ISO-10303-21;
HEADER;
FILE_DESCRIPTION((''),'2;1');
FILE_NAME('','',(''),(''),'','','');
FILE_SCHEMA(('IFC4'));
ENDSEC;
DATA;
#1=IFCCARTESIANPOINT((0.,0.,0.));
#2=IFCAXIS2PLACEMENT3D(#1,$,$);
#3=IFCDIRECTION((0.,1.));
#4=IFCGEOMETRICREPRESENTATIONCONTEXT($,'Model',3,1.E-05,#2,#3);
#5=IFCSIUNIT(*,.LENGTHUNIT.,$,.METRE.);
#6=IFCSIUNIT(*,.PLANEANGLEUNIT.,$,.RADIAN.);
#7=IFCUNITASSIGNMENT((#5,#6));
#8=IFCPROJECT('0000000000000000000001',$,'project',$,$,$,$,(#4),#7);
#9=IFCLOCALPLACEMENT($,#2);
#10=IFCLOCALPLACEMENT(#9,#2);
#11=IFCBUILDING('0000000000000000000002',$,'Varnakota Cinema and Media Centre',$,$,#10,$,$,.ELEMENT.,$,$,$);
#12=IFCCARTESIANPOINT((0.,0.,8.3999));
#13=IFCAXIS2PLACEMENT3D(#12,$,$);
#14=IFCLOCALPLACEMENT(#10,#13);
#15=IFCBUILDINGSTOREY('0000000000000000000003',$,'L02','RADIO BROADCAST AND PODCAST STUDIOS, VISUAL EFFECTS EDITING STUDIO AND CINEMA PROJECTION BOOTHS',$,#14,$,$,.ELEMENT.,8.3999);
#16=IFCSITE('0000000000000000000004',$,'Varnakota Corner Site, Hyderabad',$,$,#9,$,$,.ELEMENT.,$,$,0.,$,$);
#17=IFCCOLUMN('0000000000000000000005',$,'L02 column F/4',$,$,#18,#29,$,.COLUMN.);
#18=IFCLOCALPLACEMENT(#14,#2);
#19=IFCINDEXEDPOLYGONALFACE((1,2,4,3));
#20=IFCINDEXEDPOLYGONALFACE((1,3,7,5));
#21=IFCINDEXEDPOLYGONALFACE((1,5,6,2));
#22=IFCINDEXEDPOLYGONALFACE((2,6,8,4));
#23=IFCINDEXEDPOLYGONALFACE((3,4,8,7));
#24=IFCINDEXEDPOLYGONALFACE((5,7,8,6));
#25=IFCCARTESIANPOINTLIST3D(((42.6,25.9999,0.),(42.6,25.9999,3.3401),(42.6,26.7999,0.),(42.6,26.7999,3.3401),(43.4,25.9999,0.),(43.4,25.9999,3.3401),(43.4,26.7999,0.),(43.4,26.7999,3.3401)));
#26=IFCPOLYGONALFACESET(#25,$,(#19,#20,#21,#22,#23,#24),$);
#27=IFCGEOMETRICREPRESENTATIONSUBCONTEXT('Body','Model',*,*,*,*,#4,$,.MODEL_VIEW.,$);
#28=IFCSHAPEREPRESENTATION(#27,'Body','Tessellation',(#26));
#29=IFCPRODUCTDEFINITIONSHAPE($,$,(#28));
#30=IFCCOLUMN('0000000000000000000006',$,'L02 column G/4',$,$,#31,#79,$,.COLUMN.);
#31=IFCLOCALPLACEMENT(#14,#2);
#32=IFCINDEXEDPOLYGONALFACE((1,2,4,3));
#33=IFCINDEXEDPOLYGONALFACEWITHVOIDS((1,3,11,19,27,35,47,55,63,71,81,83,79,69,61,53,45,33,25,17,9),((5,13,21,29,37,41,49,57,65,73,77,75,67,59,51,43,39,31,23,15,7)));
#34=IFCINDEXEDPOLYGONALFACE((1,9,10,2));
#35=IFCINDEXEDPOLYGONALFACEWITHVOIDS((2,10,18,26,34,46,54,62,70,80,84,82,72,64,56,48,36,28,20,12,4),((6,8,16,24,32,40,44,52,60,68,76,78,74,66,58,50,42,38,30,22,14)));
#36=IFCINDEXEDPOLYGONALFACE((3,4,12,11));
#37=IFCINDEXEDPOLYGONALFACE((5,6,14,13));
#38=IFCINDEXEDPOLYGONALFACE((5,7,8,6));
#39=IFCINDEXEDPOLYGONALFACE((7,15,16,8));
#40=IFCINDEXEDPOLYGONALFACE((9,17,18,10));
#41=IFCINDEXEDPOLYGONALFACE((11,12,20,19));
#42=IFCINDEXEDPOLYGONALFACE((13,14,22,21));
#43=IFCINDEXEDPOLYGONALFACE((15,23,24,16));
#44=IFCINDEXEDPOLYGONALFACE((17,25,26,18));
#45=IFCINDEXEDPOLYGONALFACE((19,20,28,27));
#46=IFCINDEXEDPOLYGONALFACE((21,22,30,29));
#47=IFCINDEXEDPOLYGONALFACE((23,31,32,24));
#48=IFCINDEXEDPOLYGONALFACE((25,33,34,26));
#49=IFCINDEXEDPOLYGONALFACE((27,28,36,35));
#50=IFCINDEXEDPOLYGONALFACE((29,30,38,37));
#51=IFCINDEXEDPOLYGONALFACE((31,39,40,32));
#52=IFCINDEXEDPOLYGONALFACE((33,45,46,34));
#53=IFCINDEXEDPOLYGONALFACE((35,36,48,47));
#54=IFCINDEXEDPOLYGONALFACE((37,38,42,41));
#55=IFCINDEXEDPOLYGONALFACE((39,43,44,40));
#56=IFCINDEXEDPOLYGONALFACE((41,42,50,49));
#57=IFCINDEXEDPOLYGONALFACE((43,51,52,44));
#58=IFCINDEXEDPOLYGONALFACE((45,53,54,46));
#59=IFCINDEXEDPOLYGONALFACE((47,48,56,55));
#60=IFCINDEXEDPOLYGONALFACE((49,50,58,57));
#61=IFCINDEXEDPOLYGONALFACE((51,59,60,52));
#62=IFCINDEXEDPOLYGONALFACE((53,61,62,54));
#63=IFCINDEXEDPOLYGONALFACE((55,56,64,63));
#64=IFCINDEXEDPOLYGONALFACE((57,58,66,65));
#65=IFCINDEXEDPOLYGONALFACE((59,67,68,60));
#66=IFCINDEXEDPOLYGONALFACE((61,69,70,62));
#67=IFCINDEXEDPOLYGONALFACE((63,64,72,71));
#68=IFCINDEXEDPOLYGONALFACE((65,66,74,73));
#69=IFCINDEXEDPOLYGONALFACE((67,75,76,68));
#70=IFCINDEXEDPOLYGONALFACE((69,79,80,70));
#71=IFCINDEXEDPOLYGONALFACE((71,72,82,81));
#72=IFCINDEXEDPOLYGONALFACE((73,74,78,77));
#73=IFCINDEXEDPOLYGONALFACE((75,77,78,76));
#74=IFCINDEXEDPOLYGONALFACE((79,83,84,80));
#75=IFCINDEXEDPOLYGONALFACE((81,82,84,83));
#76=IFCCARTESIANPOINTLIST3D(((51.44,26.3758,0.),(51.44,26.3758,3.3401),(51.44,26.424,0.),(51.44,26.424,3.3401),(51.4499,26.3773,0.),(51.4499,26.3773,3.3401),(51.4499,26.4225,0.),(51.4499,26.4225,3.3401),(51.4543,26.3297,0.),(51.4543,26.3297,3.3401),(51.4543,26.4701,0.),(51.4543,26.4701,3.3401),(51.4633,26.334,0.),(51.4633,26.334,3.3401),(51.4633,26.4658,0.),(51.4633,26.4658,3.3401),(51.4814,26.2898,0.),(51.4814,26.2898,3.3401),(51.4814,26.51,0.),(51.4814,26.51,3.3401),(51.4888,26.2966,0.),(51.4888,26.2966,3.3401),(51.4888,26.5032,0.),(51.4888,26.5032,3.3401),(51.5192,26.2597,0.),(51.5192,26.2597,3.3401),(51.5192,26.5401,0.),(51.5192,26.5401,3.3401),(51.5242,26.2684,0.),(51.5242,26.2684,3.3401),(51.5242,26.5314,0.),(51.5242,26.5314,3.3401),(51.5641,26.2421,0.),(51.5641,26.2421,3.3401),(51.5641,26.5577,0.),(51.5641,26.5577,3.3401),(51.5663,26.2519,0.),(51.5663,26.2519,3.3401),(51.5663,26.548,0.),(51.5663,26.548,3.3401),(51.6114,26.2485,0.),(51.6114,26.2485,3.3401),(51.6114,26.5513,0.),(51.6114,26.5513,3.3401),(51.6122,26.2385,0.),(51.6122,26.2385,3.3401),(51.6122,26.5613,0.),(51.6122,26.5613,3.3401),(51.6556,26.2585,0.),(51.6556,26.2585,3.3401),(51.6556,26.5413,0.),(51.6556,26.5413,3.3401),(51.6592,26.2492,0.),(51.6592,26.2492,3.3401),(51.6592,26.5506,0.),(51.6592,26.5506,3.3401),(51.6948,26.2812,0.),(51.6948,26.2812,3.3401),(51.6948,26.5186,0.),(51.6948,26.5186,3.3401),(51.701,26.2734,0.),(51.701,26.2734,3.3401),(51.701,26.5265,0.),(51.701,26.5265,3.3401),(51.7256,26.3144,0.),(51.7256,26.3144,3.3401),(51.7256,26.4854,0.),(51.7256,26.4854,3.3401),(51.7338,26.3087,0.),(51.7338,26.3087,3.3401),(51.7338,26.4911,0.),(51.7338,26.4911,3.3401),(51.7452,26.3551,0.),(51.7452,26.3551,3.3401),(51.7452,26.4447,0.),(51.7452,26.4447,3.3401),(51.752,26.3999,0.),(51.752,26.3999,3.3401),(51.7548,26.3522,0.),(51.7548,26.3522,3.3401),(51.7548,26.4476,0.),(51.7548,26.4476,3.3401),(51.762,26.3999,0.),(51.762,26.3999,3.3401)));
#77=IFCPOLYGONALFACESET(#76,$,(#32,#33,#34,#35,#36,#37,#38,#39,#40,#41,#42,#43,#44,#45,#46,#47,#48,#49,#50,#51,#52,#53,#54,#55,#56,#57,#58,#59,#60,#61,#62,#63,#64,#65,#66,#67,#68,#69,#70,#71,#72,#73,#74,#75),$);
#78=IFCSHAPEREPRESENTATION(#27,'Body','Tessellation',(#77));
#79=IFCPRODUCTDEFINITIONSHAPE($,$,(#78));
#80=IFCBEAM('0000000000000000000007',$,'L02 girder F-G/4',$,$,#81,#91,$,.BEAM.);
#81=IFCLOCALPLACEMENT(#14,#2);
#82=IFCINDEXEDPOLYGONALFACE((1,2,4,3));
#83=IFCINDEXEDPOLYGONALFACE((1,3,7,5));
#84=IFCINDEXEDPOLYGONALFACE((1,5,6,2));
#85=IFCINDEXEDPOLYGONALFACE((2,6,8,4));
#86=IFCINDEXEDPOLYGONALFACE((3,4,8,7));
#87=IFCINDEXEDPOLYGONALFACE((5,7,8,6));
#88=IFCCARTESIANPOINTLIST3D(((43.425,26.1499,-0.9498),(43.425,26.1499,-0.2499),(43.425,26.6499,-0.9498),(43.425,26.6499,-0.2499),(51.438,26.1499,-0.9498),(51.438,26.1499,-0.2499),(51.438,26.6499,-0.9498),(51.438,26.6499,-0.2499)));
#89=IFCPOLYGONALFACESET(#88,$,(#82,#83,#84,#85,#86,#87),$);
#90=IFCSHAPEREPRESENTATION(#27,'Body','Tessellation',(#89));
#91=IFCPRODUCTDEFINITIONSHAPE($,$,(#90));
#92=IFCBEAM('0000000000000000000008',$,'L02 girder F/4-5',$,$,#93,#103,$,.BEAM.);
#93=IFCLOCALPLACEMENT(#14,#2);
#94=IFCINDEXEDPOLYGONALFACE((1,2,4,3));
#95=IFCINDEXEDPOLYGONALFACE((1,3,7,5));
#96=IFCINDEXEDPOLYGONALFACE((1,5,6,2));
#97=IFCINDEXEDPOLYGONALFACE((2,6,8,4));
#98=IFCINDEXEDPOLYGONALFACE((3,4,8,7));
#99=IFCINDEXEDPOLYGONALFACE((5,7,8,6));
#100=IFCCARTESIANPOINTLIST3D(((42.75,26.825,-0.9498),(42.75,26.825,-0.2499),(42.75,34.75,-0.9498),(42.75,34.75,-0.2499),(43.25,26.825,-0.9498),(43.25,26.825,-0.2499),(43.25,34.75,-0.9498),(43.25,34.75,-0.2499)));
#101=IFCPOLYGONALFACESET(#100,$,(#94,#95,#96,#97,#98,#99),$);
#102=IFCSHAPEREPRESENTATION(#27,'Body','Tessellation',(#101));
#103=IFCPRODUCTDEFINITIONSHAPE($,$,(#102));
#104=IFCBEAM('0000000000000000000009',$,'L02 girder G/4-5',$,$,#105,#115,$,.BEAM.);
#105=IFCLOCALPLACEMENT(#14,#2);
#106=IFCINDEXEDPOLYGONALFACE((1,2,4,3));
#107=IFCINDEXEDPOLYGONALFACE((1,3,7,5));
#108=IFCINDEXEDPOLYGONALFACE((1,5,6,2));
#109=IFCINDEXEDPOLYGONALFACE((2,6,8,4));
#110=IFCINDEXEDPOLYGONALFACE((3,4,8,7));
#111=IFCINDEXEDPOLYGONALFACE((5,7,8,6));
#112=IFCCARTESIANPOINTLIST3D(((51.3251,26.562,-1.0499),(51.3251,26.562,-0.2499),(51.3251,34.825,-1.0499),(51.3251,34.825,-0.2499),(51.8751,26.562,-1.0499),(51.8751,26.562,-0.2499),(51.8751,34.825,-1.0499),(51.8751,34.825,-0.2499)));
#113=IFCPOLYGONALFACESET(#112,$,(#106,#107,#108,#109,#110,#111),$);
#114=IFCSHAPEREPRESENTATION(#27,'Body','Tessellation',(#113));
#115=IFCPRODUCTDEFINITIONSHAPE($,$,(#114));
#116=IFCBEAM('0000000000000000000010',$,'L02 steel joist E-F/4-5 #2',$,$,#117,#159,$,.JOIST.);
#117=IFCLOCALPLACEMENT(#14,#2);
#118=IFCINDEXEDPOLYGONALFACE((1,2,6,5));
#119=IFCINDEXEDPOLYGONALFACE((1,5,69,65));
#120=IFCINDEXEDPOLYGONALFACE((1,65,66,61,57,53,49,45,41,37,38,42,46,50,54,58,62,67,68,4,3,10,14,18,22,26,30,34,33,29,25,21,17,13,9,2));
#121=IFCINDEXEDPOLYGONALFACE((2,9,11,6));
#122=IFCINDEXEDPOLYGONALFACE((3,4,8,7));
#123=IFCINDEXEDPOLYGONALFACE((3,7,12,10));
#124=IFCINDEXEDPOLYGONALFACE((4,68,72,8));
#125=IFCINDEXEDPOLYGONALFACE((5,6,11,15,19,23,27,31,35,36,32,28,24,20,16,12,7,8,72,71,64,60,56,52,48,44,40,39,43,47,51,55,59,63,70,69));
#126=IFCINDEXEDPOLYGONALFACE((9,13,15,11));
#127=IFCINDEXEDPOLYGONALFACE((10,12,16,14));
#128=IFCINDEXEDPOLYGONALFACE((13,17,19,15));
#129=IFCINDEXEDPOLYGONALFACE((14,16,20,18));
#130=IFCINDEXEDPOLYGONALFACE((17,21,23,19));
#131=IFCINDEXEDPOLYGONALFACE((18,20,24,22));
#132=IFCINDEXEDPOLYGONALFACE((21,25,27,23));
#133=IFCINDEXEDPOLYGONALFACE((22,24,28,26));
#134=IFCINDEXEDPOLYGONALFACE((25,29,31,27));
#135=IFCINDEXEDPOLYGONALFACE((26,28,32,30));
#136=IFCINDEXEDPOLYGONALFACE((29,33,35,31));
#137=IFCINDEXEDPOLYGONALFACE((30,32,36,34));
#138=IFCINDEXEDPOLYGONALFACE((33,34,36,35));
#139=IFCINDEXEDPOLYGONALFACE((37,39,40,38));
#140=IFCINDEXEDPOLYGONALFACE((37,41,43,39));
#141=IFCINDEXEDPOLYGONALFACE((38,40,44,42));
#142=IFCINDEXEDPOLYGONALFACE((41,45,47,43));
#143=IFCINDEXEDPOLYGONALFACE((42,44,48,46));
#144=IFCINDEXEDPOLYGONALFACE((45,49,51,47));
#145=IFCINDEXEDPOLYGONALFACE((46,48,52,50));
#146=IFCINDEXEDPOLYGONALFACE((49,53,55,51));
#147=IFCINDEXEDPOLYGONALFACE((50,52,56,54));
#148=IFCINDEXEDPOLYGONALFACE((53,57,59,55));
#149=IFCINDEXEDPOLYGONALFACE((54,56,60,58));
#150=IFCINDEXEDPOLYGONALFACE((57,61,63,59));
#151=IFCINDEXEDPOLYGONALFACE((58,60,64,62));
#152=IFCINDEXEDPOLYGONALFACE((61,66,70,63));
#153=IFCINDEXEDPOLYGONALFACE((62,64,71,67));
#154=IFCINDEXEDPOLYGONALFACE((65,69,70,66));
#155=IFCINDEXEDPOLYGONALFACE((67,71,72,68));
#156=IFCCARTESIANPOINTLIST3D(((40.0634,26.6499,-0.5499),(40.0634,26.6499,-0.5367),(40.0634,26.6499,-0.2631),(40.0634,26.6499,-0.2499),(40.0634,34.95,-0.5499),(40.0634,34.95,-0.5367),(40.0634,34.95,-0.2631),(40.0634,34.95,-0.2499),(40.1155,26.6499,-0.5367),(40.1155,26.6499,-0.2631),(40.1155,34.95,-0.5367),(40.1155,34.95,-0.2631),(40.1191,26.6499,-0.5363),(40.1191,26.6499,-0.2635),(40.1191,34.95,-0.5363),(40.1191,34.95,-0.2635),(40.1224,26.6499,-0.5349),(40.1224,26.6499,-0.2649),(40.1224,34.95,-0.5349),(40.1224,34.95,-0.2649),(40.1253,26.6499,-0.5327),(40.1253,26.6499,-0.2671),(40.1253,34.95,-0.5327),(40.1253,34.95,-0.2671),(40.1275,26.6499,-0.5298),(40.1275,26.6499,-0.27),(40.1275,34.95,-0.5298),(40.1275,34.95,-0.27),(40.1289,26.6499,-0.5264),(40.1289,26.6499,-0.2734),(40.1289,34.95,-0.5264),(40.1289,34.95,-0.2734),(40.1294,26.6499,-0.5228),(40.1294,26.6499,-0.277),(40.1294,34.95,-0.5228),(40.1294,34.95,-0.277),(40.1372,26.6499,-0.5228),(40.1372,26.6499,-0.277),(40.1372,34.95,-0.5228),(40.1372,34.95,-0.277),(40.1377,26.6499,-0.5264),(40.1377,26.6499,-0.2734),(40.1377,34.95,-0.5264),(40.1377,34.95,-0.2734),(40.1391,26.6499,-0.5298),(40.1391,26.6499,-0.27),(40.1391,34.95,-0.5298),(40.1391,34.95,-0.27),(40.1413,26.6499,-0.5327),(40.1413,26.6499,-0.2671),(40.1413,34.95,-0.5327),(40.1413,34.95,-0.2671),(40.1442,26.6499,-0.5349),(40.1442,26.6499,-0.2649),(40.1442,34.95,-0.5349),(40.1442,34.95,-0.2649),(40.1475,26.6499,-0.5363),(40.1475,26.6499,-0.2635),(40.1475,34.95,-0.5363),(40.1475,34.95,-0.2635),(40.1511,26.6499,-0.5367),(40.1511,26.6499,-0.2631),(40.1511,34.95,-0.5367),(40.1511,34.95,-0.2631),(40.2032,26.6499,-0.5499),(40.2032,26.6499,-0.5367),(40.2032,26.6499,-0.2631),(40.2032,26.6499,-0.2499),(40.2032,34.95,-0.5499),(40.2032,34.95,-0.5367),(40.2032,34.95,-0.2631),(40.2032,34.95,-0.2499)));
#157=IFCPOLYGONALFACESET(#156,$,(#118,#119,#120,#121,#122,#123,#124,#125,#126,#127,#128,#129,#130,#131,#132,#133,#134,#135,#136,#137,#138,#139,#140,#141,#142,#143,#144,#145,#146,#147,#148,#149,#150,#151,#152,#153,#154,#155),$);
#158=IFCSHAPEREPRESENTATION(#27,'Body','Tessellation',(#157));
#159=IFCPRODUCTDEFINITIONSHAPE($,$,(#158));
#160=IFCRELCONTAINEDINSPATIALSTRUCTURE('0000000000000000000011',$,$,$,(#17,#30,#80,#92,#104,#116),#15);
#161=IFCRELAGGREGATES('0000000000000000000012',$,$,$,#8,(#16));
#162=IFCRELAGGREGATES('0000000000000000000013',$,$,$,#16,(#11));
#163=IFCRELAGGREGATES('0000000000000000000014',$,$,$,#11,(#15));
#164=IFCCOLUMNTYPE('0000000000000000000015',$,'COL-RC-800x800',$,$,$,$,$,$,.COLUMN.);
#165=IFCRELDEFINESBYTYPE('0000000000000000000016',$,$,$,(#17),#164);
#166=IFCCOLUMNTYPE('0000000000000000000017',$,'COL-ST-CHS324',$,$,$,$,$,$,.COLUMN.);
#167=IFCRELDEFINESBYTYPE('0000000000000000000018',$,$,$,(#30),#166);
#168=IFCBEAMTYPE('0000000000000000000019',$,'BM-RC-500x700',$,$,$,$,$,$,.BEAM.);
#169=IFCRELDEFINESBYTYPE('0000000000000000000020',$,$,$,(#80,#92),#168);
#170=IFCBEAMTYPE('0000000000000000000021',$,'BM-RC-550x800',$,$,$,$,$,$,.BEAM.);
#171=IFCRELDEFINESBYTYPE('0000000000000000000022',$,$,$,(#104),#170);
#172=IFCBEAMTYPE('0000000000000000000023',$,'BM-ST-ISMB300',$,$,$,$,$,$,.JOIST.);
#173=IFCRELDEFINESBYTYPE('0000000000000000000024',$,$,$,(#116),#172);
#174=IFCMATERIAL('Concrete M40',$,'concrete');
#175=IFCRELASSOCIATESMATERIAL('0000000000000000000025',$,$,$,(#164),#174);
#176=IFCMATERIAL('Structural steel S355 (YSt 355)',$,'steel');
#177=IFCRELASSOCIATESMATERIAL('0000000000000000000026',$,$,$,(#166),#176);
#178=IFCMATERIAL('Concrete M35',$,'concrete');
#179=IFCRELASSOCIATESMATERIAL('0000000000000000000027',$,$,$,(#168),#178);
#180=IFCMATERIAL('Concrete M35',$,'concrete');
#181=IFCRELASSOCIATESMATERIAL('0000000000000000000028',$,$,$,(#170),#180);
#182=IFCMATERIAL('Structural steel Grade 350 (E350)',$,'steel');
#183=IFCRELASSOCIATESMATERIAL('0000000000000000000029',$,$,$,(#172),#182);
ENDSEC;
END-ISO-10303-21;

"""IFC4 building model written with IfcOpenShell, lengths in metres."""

from ifc_helpers import new_model, si_unit, direction, frame, origin, origin_2d, place, context, subcontext, project, spatial, rectangle, hollow_circle, i_section, extrude, material, material_profile, profile_set, type_object, element, save


model = new_model("IFC4")

# Units and contexts
model_context = context("Model", 3, precision=1e-05, world=origin(), true_north=direction((0.0, 1.0)))
body_context = subcontext(model_context, "Body", "Model", "MODEL_VIEW")
ifc_project = project(units=[si_unit("LENGTHUNIT", "METRE"), si_unit("PLANEANGLEUNIT", "RADIAN")], contexts=[model_context])

# Site, building, storey
site_placement = place(None, origin())
site = spatial("IfcSite", under=ifc_project, at=site_placement, Name="Varnakota Corner Site, Hyderabad", CompositionType="ELEMENT", RefElevation=0.0)
building_placement = place(site_placement, origin())
building = spatial("IfcBuilding", under=site, at=building_placement, Name="Varnakota Cinema and Media Centre", CompositionType="ELEMENT")
storey_placement = place(building_placement, frame((0.0, 0.0, 8.3999)))
storey = spatial("IfcBuildingStorey", under=building, at=storey_placement, Name="L02", Description="RADIO BROADCAST AND PODCAST STUDIOS, VISUAL EFFECTS EDITING STUDIO AND CINEMA PROJECTION BOOTHS", CompositionType="ELEMENT", Elevation=8.3999)

# Columns
ifc_material_1 = material(Name="Concrete M40", Category="concrete")
ifc_material_profile_1 = material_profile(ifc_material_1, rectangle(XDim=0.8, YDim=0.8, at=origin_2d()), Name="RC 800x800")
ifc_profile_set_1 = profile_set([ifc_material_profile_1], Name="Concrete M40")
column_type_1 = type_object("IfcColumnType", Name="COL-RC-800x800", PredefinedType="COLUMN", material=ifc_profile_set_1)
column_1_placement = place(storey_placement, frame((43.0, 26.3999, 0.0), z_axis=(0.0, 0.0, 1.0), x_axis=(1.0, 0.0, 0.0)))
element("IfcColumn", 1, at=column_1_placement, inside=storey, type_object=column_type_1, Name="L02 column F/4", PredefinedType="COLUMN", context=body_context, shape_type="SweptSolid", body=[
    extrude(rectangle(XDim=0.8, YDim=0.8, at=origin_2d()), origin(), (0.0, 0.0, 1.0), 3.3401),
])
ifc_material_2 = material(Name="Structural steel S355 (YSt 355)", Category="steel")
ifc_material_profile_2 = material_profile(ifc_material_2, hollow_circle(Radius=0.1619, WallThickness=0.01, at=origin_2d()), Name="CHS 323.9x10.0")
ifc_profile_set_2 = profile_set([ifc_material_profile_2], Name="Structural steel S355 (YSt 355)")
column_type_2 = type_object("IfcColumnType", Name="COL-ST-CHS324", PredefinedType="COLUMN", material=ifc_profile_set_2)
column_2_placement = place(storey_placement, frame((51.6001, 26.3999, 0.0), z_axis=(0.0, 0.0, 1.0), x_axis=(1.0, 0.0, 0.0)))
element("IfcColumn", 2, at=column_2_placement, inside=storey, type_object=column_type_2, Name="L02 column G/4", PredefinedType="COLUMN", context=body_context, shape_type="SweptSolid", body=[
    extrude(hollow_circle(Radius=0.1619, WallThickness=0.01, at=origin_2d()), origin(), (0.0, 0.0, 1.0), 3.3401),
])

# Beams
ifc_material_3 = material(Name="Concrete M35", Category="concrete")
ifc_material_profile_3 = material_profile(ifc_material_3, rectangle(XDim=0.5, YDim=0.7, at=origin_2d()), Name="RCB 500x700")
ifc_profile_set_3 = profile_set([ifc_material_profile_3], Name="Concrete M35")
beam_type_1 = type_object("IfcBeamType", Name="BM-RC-500x700", PredefinedType="BEAM", material=ifc_profile_set_3)
beam_1_placement = place(storey_placement, frame((43.425, 26.3999, -0.5999), z_axis=(1.0, 0.0, 0.0), x_axis=(0.0, 1.0, 0.0)))
element("IfcBeam", 3, at=beam_1_placement, inside=storey, type_object=beam_type_1, Name="L02 girder F-G/4", PredefinedType="BEAM", context=body_context, shape_type="SweptSolid", body=[
    extrude(rectangle(XDim=0.5, YDim=0.7, at=origin_2d()), origin(), (0.0, 0.0, 1.0), 8.0129),
])
beam_2_placement = place(storey_placement, frame((43.0, 26.825, -0.5999), z_axis=(0.0, 1.0, 0.0), x_axis=(-1.0, 0.0, 0.0)))
element("IfcBeam", 4, at=beam_2_placement, inside=storey, type_object=beam_type_1, Name="L02 girder F/4-5", PredefinedType="BEAM", context=body_context, shape_type="SweptSolid", body=[
    extrude(rectangle(XDim=0.5, YDim=0.7, at=origin_2d()), origin(), (0.0, 0.0, 1.0), 7.925),
])
ifc_material_4 = material(Name="Concrete M35", Category="concrete")
ifc_material_profile_4 = material_profile(ifc_material_4, rectangle(XDim=0.55, YDim=0.8, at=origin_2d()), Name="RCB 550x800")
ifc_profile_set_4 = profile_set([ifc_material_profile_4], Name="Concrete M35")
beam_type_2 = type_object("IfcBeamType", Name="BM-RC-550x800", PredefinedType="BEAM", material=ifc_profile_set_4)
beam_3_placement = place(storey_placement, frame((51.6001, 26.562, -0.6499), z_axis=(0.0, 1.0, 0.0), x_axis=(-1.0, 0.0, 0.0)))
element("IfcBeam", 5, at=beam_3_placement, inside=storey, type_object=beam_type_2, Name="L02 girder G/4-5", PredefinedType="BEAM", context=body_context, shape_type="SweptSolid", body=[
    extrude(rectangle(XDim=0.55, YDim=0.8, at=origin_2d()), origin(), (0.0, 0.0, 1.0), 8.2629),
])
ifc_material_5 = material(Name="Structural steel Grade 350 (E350)", Category="steel")
ifc_material_profile_5 = material_profile(ifc_material_5, i_section(OverallWidth=0.1399, OverallDepth=0.3, WebThickness=0.0078, FlangeThickness=0.0132, FilletRadius=0.0139, at=origin_2d()), Name="ISMB 300")
ifc_profile_set_5 = profile_set([ifc_material_profile_5], Name="Structural steel Grade 350 (E350)")
beam_type_3 = type_object("IfcBeamType", Name="BM-ST-ISMB300", PredefinedType="JOIST", material=ifc_profile_set_5)
beam_4_placement = place(storey_placement, frame((40.1333, 26.6499, -0.3999), z_axis=(0.0, 1.0, 0.0), x_axis=(-1.0, 0.0, 0.0)))
element("IfcBeam", 6, at=beam_4_placement, inside=storey, type_object=beam_type_3, Name="L02 steel joist E-F/4-5 #2", PredefinedType="JOIST", context=body_context, shape_type="SweptSolid", body=[
    extrude(i_section(OverallWidth=0.1399, OverallDepth=0.3, WebThickness=0.0078, FlangeThickness=0.0132, FilletRadius=0.0139, at=origin_2d()), origin(), (0.0, 0.0, 1.0), 8.3),
])

save(model, "model.ifc")
